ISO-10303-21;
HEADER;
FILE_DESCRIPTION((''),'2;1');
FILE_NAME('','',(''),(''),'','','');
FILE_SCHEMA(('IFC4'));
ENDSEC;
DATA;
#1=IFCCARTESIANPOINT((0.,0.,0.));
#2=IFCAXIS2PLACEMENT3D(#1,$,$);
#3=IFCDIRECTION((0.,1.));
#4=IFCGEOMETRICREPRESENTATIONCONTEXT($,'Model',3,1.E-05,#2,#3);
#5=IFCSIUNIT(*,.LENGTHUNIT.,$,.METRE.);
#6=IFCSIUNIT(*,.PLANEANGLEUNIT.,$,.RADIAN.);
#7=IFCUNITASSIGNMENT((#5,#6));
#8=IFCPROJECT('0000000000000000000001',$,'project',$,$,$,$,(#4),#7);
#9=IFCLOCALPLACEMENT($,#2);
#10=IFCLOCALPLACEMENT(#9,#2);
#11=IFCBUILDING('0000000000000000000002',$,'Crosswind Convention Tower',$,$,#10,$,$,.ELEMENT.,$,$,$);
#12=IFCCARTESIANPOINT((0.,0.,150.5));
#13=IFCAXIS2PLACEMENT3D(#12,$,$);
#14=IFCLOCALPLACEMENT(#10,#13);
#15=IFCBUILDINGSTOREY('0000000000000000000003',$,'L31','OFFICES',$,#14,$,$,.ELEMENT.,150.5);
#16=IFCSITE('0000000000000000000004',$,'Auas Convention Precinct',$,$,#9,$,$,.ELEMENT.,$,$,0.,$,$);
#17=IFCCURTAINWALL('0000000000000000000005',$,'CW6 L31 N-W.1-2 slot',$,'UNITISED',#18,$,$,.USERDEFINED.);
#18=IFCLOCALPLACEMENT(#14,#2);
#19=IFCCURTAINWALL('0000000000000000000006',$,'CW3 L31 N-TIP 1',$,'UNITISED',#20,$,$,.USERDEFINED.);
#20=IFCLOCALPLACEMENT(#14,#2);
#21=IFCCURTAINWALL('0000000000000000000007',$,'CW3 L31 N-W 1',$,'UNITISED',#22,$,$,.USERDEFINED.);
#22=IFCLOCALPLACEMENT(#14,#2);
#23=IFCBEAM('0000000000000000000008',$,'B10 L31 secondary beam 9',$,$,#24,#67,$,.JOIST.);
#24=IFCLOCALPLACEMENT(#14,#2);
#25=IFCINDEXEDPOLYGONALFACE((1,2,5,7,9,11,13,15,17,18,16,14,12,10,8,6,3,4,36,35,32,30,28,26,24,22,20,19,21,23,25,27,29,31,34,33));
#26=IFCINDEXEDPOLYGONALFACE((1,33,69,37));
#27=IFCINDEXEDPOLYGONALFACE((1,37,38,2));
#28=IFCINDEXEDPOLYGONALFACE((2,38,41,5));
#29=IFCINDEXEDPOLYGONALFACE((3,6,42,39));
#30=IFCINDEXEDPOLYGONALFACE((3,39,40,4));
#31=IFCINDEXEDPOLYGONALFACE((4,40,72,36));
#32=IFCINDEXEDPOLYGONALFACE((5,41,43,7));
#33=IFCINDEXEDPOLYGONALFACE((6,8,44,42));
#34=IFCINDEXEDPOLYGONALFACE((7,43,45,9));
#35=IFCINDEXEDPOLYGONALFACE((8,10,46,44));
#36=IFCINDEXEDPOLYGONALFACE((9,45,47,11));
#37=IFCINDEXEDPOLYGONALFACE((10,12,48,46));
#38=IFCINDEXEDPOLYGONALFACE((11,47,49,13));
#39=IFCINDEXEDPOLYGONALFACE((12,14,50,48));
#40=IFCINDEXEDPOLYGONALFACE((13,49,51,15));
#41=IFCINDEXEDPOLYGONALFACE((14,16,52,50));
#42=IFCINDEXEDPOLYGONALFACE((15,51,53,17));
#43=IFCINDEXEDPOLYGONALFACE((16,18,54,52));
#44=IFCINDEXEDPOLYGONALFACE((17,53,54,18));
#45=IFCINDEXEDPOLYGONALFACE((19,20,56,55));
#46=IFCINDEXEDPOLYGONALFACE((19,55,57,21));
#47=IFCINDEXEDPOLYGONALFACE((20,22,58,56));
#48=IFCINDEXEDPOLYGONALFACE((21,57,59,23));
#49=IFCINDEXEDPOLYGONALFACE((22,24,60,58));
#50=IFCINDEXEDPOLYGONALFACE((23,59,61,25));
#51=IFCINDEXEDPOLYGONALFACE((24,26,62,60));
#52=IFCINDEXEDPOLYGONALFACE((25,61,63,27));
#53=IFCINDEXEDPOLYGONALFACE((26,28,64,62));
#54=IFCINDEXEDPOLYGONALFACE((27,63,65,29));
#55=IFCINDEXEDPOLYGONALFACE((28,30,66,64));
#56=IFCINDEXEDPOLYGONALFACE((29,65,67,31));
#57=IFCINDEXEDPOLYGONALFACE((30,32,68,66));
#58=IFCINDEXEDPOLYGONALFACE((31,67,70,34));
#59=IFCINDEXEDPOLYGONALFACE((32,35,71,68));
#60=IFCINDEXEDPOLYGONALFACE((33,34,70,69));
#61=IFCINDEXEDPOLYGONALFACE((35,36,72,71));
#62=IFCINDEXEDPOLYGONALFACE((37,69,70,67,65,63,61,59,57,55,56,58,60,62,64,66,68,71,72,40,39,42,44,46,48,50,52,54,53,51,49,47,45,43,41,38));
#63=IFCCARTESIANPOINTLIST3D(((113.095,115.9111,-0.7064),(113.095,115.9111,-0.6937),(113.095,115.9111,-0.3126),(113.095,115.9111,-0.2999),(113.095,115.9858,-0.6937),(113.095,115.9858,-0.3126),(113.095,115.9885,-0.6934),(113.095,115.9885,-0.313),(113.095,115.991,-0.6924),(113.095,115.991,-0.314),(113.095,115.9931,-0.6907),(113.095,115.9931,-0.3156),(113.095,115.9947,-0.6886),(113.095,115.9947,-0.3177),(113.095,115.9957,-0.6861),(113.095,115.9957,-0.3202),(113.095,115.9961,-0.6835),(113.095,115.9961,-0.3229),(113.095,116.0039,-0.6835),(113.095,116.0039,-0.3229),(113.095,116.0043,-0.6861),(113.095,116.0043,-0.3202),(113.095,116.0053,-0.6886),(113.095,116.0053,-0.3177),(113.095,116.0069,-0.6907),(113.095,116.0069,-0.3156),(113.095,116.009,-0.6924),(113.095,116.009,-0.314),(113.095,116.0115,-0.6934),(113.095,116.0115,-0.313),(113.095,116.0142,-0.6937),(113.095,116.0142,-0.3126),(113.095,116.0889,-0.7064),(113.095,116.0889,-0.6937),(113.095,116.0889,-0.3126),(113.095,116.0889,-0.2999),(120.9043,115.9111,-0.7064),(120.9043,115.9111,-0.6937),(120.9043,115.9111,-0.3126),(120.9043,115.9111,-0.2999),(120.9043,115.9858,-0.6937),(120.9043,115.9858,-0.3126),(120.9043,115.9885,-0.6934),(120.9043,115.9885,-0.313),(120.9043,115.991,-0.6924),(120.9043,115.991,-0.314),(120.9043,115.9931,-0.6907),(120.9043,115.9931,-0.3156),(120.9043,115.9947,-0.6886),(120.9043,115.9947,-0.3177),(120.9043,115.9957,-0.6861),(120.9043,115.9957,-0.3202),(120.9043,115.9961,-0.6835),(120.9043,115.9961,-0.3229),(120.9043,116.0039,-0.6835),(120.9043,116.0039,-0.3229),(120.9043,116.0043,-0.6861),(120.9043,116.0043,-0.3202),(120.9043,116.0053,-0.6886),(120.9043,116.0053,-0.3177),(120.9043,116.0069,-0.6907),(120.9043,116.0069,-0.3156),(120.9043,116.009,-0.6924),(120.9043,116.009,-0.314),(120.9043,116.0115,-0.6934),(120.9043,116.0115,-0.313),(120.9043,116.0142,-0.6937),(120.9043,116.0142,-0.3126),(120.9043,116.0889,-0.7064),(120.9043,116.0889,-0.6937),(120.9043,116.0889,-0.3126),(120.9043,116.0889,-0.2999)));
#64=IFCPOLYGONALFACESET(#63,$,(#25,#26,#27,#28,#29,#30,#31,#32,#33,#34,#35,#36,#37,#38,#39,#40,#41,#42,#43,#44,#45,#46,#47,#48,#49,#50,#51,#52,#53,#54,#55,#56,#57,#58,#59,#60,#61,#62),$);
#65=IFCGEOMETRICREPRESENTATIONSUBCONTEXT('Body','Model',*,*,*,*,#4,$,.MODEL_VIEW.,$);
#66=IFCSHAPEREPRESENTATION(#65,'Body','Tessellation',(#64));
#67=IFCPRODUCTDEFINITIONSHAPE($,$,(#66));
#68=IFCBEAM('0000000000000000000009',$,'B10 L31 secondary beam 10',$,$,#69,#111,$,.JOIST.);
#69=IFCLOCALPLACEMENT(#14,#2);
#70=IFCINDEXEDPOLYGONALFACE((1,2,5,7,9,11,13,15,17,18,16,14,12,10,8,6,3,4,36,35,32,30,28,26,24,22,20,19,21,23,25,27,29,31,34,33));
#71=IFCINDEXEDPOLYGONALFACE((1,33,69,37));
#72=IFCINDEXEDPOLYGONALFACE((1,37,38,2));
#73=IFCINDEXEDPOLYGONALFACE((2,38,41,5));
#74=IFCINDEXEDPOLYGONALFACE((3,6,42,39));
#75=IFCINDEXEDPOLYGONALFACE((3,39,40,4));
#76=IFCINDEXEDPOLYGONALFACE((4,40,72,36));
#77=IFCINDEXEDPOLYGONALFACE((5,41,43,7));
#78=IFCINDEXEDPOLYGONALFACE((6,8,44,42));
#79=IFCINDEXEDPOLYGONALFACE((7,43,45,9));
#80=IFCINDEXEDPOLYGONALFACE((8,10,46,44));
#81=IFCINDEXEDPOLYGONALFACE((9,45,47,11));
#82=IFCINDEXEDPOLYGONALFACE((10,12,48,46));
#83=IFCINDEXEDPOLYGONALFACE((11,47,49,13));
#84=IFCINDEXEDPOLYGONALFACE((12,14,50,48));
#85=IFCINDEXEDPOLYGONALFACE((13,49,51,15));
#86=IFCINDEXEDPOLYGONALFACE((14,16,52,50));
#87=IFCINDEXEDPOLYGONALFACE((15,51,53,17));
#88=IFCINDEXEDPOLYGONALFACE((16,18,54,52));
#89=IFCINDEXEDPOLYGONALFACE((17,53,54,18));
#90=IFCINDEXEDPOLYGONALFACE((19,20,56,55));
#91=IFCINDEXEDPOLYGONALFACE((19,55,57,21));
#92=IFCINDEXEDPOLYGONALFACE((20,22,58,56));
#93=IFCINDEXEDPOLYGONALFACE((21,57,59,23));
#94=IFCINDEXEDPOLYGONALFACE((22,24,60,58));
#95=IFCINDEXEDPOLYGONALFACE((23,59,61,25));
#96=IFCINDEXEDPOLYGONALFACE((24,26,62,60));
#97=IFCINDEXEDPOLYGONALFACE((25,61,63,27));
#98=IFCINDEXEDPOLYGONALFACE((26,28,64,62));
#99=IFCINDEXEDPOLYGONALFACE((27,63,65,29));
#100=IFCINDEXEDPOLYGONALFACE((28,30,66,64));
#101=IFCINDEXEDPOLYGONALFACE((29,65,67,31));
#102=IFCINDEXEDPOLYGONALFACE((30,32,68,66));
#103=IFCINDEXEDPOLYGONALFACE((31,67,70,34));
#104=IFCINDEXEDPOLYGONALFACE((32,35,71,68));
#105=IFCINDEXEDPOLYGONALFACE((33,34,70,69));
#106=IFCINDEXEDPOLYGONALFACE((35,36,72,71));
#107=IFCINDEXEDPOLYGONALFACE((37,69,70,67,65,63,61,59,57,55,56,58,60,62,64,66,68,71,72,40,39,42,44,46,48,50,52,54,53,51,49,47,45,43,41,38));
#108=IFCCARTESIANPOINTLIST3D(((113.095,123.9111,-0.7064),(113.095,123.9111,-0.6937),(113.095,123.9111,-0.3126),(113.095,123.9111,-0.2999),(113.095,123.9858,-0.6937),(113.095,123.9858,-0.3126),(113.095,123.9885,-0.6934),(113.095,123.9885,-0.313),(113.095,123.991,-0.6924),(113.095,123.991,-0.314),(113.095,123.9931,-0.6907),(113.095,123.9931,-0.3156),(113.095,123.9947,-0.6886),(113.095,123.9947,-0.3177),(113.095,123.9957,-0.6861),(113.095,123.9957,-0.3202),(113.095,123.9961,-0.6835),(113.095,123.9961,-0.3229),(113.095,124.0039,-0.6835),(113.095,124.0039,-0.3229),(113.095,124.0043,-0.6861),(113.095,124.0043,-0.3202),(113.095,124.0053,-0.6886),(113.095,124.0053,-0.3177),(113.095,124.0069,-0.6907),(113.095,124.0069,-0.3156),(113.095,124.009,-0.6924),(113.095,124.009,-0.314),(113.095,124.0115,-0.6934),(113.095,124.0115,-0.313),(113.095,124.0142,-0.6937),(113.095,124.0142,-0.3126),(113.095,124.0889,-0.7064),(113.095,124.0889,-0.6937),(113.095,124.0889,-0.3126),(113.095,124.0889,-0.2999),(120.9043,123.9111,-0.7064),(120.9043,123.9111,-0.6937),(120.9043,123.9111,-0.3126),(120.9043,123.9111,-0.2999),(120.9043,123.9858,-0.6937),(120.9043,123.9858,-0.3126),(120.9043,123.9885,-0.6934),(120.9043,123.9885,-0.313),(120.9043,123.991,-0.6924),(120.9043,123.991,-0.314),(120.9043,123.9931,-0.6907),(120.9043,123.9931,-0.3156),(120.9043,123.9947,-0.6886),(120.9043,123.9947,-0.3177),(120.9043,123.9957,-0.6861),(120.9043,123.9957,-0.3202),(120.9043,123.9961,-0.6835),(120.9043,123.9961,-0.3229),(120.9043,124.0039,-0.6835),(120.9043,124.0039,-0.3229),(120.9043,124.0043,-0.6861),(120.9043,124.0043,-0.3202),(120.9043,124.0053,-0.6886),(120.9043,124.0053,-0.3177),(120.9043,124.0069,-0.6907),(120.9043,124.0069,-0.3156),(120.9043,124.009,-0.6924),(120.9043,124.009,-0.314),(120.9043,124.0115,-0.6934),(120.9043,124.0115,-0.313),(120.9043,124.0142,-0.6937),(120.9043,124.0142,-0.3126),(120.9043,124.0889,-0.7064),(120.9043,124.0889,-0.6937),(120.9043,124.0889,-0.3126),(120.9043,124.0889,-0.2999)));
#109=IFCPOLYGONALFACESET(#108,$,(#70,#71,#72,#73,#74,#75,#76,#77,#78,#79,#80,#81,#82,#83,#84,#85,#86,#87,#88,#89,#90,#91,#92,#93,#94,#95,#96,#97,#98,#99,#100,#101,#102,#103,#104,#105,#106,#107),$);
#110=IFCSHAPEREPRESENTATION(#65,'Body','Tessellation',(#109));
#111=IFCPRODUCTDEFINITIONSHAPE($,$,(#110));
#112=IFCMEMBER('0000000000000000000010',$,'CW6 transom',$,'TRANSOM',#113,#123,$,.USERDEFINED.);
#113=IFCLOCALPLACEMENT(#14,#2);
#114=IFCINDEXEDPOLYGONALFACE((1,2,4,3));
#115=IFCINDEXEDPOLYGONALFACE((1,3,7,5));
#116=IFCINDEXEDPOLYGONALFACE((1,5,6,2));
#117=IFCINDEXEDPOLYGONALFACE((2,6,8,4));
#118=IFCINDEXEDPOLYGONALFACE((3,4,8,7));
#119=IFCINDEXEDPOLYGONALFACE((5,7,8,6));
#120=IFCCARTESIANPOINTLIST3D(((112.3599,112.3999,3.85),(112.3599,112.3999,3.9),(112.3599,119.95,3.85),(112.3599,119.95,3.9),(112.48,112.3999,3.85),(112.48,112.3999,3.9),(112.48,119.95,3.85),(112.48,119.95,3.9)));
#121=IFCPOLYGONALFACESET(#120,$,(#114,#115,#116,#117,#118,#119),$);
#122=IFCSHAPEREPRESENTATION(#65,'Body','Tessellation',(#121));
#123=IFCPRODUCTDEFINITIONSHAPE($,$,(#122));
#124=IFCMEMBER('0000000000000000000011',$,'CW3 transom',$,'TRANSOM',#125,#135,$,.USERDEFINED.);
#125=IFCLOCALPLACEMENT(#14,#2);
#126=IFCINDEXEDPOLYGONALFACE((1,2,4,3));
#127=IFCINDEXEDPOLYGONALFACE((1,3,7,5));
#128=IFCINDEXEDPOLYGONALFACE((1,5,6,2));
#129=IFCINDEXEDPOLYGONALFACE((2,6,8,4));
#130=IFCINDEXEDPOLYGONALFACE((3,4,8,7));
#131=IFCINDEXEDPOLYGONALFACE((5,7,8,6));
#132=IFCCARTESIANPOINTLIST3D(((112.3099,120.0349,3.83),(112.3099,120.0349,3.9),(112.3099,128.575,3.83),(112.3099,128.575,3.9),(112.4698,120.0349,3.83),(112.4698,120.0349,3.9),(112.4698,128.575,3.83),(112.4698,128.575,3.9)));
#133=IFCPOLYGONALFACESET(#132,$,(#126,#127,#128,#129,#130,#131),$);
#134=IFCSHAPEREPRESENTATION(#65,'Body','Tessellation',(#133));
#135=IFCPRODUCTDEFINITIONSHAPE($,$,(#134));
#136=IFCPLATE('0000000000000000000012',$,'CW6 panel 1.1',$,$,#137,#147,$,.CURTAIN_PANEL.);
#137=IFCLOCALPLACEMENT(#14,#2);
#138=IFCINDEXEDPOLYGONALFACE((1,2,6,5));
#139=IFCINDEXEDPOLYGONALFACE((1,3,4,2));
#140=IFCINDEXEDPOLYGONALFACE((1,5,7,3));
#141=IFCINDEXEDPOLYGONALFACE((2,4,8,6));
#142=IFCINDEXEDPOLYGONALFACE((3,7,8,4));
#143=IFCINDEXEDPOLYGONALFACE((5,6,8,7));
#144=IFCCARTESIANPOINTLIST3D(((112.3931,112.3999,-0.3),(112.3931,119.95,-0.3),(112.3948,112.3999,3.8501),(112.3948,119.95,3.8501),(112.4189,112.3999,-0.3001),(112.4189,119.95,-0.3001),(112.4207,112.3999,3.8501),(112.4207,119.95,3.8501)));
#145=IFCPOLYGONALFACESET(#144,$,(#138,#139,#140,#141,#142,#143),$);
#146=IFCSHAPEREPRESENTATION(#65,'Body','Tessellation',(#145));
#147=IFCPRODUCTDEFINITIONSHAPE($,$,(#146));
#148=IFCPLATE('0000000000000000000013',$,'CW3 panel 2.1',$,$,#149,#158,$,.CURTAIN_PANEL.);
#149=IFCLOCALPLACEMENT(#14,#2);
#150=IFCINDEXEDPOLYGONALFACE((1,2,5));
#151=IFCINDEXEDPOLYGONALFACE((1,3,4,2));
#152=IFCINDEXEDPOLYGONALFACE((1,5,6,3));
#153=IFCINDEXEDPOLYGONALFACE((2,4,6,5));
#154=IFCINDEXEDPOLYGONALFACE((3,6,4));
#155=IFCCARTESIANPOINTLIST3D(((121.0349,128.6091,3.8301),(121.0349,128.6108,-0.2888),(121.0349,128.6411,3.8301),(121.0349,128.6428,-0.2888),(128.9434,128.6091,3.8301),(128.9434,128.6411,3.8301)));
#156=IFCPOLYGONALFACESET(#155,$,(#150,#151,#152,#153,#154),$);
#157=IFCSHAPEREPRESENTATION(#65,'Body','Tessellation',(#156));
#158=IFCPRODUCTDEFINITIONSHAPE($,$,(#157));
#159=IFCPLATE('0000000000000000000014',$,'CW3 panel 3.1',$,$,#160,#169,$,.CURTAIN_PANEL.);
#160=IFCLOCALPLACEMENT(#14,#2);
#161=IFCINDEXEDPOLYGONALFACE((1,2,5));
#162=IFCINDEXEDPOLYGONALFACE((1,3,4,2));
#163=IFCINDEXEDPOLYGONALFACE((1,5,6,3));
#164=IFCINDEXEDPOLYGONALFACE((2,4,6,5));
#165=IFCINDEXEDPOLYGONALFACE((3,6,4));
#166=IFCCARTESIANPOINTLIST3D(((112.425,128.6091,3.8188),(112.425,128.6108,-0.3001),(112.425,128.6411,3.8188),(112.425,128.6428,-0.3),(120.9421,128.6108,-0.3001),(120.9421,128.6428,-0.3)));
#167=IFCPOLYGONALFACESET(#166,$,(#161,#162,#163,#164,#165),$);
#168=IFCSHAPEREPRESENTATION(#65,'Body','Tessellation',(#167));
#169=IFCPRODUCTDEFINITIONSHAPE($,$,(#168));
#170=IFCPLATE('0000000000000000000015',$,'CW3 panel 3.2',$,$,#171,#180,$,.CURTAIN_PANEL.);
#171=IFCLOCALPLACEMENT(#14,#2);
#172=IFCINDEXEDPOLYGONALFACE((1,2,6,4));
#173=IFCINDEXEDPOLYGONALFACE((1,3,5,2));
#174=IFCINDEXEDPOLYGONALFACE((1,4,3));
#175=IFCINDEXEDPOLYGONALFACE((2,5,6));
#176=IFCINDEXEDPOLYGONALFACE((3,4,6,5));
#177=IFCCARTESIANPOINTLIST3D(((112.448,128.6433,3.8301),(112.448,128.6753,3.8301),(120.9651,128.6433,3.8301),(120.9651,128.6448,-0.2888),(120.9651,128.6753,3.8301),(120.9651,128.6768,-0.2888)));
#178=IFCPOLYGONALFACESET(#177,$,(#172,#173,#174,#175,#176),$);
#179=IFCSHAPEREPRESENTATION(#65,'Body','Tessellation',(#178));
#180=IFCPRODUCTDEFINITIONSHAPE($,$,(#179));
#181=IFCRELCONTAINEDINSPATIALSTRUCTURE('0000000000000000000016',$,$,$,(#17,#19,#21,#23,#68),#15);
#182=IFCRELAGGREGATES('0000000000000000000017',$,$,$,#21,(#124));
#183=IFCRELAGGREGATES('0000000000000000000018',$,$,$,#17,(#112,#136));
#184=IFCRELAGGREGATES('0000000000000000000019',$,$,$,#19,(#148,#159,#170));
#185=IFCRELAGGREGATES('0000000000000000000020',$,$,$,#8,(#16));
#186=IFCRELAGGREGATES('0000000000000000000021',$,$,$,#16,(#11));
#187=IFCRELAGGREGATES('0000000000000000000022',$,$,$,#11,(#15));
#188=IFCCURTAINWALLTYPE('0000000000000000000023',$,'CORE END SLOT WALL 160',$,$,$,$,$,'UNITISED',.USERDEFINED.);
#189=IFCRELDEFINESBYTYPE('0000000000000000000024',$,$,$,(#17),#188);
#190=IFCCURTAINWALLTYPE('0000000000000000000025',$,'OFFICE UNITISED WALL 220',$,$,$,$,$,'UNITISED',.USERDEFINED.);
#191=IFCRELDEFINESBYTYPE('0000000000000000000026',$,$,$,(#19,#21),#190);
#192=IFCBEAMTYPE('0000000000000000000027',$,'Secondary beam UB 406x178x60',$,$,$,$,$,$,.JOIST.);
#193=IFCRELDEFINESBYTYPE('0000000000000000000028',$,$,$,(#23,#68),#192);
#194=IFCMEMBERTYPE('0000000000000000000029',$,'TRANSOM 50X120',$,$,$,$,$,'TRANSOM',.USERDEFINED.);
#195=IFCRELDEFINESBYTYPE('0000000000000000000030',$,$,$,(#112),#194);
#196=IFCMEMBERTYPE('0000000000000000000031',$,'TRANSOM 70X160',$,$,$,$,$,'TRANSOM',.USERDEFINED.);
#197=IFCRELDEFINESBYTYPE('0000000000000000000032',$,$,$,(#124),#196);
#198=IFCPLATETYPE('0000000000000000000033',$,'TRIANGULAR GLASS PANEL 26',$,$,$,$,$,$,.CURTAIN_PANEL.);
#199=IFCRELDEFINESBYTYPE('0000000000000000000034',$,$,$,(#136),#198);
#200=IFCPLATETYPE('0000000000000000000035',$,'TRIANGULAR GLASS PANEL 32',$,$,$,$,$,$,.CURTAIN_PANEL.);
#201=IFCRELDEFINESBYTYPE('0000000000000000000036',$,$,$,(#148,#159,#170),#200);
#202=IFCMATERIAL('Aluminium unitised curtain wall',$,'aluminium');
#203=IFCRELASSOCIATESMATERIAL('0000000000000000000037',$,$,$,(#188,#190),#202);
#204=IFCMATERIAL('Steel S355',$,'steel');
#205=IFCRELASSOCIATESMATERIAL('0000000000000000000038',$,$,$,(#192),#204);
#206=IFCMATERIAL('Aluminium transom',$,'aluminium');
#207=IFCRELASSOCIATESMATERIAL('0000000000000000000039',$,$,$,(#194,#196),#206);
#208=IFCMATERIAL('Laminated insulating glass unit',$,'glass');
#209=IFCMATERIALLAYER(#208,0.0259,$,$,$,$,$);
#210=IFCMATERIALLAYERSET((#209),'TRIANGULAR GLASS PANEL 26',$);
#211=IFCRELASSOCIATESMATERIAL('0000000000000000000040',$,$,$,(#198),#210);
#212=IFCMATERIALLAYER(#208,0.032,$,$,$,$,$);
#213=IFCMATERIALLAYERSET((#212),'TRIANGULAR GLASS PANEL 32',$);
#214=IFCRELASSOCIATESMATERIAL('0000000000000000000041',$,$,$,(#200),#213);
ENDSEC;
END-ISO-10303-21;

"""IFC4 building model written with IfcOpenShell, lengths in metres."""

from ifc_helpers import new_model, si_unit, direction, frame, origin, origin_2d, place, context, subcontext, project, spatial, polyline, rectangle, i_section, outline, extrude, material, layer, layer_set, material_profile, profile_set, type_object, element, aggregate, save


model = new_model("IFC4")

# Units and contexts
model_context = context("Model", 3, precision=1e-05, world=origin(), true_north=direction((0.0, 1.0)))
body_context = subcontext(model_context, "Body", "Model", "MODEL_VIEW")
ifc_project = project(units=[si_unit("LENGTHUNIT", "METRE"), si_unit("PLANEANGLEUNIT", "RADIAN")], contexts=[model_context])

# Site, building, storey
site_placement = place(None, origin())
site = spatial("IfcSite", under=ifc_project, at=site_placement, Name="Auas Convention Precinct", CompositionType="ELEMENT", RefElevation=0.0)
building_placement = place(site_placement, origin())
building = spatial("IfcBuilding", under=site, at=building_placement, Name="Crosswind Convention Tower", CompositionType="ELEMENT")
storey_placement = place(building_placement, frame((0.0, 0.0, 150.5)))
storey = spatial("IfcBuildingStorey", under=building, at=storey_placement, Name="L31", Description="OFFICES", CompositionType="ELEMENT", Elevation=150.5)

# Shared definitions
ifc_material_1 = material(Name="Steel S355", Category="steel")

# Curtain wall
ifc_material_2 = material(Name="Aluminium unitised curtain wall", Category="aluminium")
curtain_wall_type_1 = type_object("IfcCurtainWallType", Name="CORE END SLOT WALL 160", ElementType="UNITISED", PredefinedType="USERDEFINED", material=ifc_material_2)
curtain_wall_1_placement = place(storey_placement, origin())
curtain_wall_1 = element("IfcCurtainWall", 1, at=curtain_wall_1_placement, inside=storey, type_object=curtain_wall_type_1, Name="CW6 L31 N-W.1-2 slot", ObjectType="UNITISED", PredefinedType="USERDEFINED")

# Curtain wall
curtain_wall_type_2 = type_object("IfcCurtainWallType", Name="OFFICE UNITISED WALL 220", ElementType="UNITISED", PredefinedType="USERDEFINED", material=ifc_material_2)
curtain_wall_2_placement = place(storey_placement, origin())
curtain_wall_2 = element("IfcCurtainWall", 2, at=curtain_wall_2_placement, inside=storey, type_object=curtain_wall_type_2, Name="CW3 L31 N-TIP 1", ObjectType="UNITISED", PredefinedType="USERDEFINED")

# Curtain wall
curtain_wall_3_placement = place(storey_placement, origin())
curtain_wall_3 = element("IfcCurtainWall", 3, at=curtain_wall_3_placement, inside=storey, type_object=curtain_wall_type_2, Name="CW3 L31 N-W 1", ObjectType="UNITISED", PredefinedType="USERDEFINED")

# Beams
ifc_material_profile_1 = material_profile(ifc_material_1, i_section(OverallWidth=0.1777, OverallDepth=0.4065, WebThickness=0.0078, FlangeThickness=0.0127, FilletRadius=0.0103, at=origin_2d()), Name="UB 406x178x60")
ifc_profile_set_1 = profile_set([ifc_material_profile_1], Name="Steel S355")
beam_type_1 = type_object("IfcBeamType", Name="Secondary beam UB 406x178x60", PredefinedType="JOIST", material=ifc_profile_set_1)
for number, where, z_axis, x_axis, name in (
    (4, (113.095, 116.0, -0.5032), (1.0, 0.0, 0.0), (0.0, 1.0, 0.0), "B10 L31 secondary beam 9"),
    (5, (113.095, 124.0, -0.5032), (1.0, 0.0, 0.0), (0.0, 1.0, 0.0), "B10 L31 secondary beam 10"),
):
    element("IfcBeam", number, at=place(storey_placement, frame(where, z_axis=z_axis, x_axis=x_axis)), inside=storey, type_object=beam_type_1, Name=name, PredefinedType="JOIST", context=body_context, shape_type="SweptSolid", body=[
        extrude(i_section(OverallWidth=0.1777, OverallDepth=0.4065, WebThickness=0.0078, FlangeThickness=0.0127, FilletRadius=0.0103, at=origin_2d()), origin(), (0.0, 0.0, 1.0), 7.8093),
    ])

# Members
ifc_material_3 = material(Name="Aluminium transom", Category="aluminium")
ifc_material_profile_2 = material_profile(ifc_material_3, rectangle(XDim=0.1201, YDim=0.05, at=origin_2d()), Name="AL 120X50")
ifc_profile_set_2 = profile_set([ifc_material_profile_2], Name="Aluminium transom")
member_type_1 = type_object("IfcMemberType", Name="TRANSOM 50X120", ElementType="TRANSOM", PredefinedType="USERDEFINED", material=ifc_profile_set_2)
member_1_placement = place(storey_placement, frame((112.4199, 119.95, 3.875), z_axis=(0.0, -1.0, 0.0), x_axis=(1.0, 0.0, 0.0)))
member_1 = element("IfcMember", 6, at=member_1_placement, type_object=member_type_1, Name="CW6 transom", ObjectType="TRANSOM", PredefinedType="USERDEFINED", context=body_context, shape_type="SweptSolid", body=[
    extrude(rectangle(XDim=0.1201, YDim=0.05, at=origin_2d()), origin(), (0.0, 0.0, 1.0), 7.55),
])
ifc_material_profile_3 = material_profile(ifc_material_3, rectangle(XDim=0.1599, YDim=0.0701, at=origin_2d()), Name="AL 160X70")
ifc_profile_set_3 = profile_set([ifc_material_profile_3], Name="Aluminium transom")
member_type_2 = type_object("IfcMemberType", Name="TRANSOM 70X160", ElementType="TRANSOM", PredefinedType="USERDEFINED", material=ifc_profile_set_3)
member_2_placement = place(storey_placement, frame((112.3899, 128.575, 3.865), z_axis=(0.0, -1.0, 0.0), x_axis=(1.0, 0.0, 0.0)))
member_2 = element("IfcMember", 7, at=member_2_placement, type_object=member_type_2, Name="CW3 transom", ObjectType="TRANSOM", PredefinedType="USERDEFINED", context=body_context, shape_type="SweptSolid", body=[
    extrude(rectangle(XDim=0.1599, YDim=0.0701, at=origin_2d()), origin(), (0.0, 0.0, 1.0), 8.54),
])
aggregate(curtain_wall_3, [member_2])

# Plates
ifc_material_4 = material(Name="Laminated insulating glass unit", Category="glass")
ifc_layer_1 = layer(ifc_material_4, 0.0259)
ifc_layer_set_1 = layer_set([ifc_layer_1], Name="TRIANGULAR GLASS PANEL 26")
plate_type_1 = type_object("IfcPlateType", Name="TRIANGULAR GLASS PANEL 26", PredefinedType="CURTAIN_PANEL", material=ifc_layer_set_1)
plate_1_placement = place(storey_placement, frame((112.3931, 119.95, -0.3), z_axis=(-1.0, 0.0, 0.000412), x_axis=(0.0, -1.0, 0.0)))
plate_1 = element("IfcPlate", 8, at=plate_1_placement, type_object=plate_type_1, Name="CW6 panel 1.1", PredefinedType="CURTAIN_PANEL", context=body_context, shape_type="SweptSolid", body=[
    extrude(outline(polyline([(0.0, 0.0), (7.55, 0.0), (7.55, 4.1501), (0.0, 4.1501), (0.0, 0.0)])), origin(), (0.0, 0.0, -1.0), 0.0259),
])
aggregate(curtain_wall_1, [member_1, plate_1])
ifc_layer_2 = layer(ifc_material_4, 0.032)
ifc_layer_set_2 = layer_set([ifc_layer_2], Name="TRIANGULAR GLASS PANEL 32")
plate_type_2 = type_object("IfcPlateType", Name="TRIANGULAR GLASS PANEL 32", PredefinedType="CURTAIN_PANEL", material=ifc_layer_set_2)
plate_2_placement = place(storey_placement, frame((121.0349, 128.6411, 3.8301), z_axis=(0.0, 1.0, 0.000415), x_axis=(1.0, 0.0, 0.0)))
plate_2 = element("IfcPlate", 9, at=plate_2_placement, type_object=plate_type_2, Name="CW3 panel 2.1", PredefinedType="CURTAIN_PANEL", context=body_context, shape_type="SweptSolid", body=[
    extrude(outline(polyline([(0.0, 0.0), (7.9084, 0.0), (0.0, 4.1189), (0.0, 0.0)])), origin(), (0.0, 0.0, -1.0), 0.032),
])
plate_3_placement = place(storey_placement, frame((112.425, 128.6428, -0.3), z_axis=(0.0, 1.0, 0.000415), x_axis=(0.0, -0.000415, 1.0)))
plate_3 = element("IfcPlate", 10, at=plate_3_placement, type_object=plate_type_2, Name="CW3 panel 3.1", PredefinedType="CURTAIN_PANEL", context=body_context, shape_type="SweptSolid", body=[
    extrude(outline(polyline([(0.0, 0.0), (4.1189, 0.0), (0.0, 8.5171), (0.0, 0.0)])), origin(), (0.0, 0.0, -1.0), 0.032),
])
plate_4_placement = place(storey_placement, frame((120.9651, 128.6753, 3.8301), z_axis=(0.0, 1.0, 0.000356), x_axis=(0.0, 0.000356, -1.0)))
plate_4 = element("IfcPlate", 11, at=plate_4_placement, type_object=plate_type_2, Name="CW3 panel 3.2", PredefinedType="CURTAIN_PANEL", context=body_context, shape_type="SweptSolid", body=[
    extrude(outline(polyline([(0.0, 0.0), (4.1189, 0.0), (0.0, 8.5171), (0.0, 0.0)])), origin(), (0.0, 0.0, -1.0), 0.032),
])
aggregate(curtain_wall_2, [plate_2, plate_3, plate_4])

save(model, "model.ifc")
